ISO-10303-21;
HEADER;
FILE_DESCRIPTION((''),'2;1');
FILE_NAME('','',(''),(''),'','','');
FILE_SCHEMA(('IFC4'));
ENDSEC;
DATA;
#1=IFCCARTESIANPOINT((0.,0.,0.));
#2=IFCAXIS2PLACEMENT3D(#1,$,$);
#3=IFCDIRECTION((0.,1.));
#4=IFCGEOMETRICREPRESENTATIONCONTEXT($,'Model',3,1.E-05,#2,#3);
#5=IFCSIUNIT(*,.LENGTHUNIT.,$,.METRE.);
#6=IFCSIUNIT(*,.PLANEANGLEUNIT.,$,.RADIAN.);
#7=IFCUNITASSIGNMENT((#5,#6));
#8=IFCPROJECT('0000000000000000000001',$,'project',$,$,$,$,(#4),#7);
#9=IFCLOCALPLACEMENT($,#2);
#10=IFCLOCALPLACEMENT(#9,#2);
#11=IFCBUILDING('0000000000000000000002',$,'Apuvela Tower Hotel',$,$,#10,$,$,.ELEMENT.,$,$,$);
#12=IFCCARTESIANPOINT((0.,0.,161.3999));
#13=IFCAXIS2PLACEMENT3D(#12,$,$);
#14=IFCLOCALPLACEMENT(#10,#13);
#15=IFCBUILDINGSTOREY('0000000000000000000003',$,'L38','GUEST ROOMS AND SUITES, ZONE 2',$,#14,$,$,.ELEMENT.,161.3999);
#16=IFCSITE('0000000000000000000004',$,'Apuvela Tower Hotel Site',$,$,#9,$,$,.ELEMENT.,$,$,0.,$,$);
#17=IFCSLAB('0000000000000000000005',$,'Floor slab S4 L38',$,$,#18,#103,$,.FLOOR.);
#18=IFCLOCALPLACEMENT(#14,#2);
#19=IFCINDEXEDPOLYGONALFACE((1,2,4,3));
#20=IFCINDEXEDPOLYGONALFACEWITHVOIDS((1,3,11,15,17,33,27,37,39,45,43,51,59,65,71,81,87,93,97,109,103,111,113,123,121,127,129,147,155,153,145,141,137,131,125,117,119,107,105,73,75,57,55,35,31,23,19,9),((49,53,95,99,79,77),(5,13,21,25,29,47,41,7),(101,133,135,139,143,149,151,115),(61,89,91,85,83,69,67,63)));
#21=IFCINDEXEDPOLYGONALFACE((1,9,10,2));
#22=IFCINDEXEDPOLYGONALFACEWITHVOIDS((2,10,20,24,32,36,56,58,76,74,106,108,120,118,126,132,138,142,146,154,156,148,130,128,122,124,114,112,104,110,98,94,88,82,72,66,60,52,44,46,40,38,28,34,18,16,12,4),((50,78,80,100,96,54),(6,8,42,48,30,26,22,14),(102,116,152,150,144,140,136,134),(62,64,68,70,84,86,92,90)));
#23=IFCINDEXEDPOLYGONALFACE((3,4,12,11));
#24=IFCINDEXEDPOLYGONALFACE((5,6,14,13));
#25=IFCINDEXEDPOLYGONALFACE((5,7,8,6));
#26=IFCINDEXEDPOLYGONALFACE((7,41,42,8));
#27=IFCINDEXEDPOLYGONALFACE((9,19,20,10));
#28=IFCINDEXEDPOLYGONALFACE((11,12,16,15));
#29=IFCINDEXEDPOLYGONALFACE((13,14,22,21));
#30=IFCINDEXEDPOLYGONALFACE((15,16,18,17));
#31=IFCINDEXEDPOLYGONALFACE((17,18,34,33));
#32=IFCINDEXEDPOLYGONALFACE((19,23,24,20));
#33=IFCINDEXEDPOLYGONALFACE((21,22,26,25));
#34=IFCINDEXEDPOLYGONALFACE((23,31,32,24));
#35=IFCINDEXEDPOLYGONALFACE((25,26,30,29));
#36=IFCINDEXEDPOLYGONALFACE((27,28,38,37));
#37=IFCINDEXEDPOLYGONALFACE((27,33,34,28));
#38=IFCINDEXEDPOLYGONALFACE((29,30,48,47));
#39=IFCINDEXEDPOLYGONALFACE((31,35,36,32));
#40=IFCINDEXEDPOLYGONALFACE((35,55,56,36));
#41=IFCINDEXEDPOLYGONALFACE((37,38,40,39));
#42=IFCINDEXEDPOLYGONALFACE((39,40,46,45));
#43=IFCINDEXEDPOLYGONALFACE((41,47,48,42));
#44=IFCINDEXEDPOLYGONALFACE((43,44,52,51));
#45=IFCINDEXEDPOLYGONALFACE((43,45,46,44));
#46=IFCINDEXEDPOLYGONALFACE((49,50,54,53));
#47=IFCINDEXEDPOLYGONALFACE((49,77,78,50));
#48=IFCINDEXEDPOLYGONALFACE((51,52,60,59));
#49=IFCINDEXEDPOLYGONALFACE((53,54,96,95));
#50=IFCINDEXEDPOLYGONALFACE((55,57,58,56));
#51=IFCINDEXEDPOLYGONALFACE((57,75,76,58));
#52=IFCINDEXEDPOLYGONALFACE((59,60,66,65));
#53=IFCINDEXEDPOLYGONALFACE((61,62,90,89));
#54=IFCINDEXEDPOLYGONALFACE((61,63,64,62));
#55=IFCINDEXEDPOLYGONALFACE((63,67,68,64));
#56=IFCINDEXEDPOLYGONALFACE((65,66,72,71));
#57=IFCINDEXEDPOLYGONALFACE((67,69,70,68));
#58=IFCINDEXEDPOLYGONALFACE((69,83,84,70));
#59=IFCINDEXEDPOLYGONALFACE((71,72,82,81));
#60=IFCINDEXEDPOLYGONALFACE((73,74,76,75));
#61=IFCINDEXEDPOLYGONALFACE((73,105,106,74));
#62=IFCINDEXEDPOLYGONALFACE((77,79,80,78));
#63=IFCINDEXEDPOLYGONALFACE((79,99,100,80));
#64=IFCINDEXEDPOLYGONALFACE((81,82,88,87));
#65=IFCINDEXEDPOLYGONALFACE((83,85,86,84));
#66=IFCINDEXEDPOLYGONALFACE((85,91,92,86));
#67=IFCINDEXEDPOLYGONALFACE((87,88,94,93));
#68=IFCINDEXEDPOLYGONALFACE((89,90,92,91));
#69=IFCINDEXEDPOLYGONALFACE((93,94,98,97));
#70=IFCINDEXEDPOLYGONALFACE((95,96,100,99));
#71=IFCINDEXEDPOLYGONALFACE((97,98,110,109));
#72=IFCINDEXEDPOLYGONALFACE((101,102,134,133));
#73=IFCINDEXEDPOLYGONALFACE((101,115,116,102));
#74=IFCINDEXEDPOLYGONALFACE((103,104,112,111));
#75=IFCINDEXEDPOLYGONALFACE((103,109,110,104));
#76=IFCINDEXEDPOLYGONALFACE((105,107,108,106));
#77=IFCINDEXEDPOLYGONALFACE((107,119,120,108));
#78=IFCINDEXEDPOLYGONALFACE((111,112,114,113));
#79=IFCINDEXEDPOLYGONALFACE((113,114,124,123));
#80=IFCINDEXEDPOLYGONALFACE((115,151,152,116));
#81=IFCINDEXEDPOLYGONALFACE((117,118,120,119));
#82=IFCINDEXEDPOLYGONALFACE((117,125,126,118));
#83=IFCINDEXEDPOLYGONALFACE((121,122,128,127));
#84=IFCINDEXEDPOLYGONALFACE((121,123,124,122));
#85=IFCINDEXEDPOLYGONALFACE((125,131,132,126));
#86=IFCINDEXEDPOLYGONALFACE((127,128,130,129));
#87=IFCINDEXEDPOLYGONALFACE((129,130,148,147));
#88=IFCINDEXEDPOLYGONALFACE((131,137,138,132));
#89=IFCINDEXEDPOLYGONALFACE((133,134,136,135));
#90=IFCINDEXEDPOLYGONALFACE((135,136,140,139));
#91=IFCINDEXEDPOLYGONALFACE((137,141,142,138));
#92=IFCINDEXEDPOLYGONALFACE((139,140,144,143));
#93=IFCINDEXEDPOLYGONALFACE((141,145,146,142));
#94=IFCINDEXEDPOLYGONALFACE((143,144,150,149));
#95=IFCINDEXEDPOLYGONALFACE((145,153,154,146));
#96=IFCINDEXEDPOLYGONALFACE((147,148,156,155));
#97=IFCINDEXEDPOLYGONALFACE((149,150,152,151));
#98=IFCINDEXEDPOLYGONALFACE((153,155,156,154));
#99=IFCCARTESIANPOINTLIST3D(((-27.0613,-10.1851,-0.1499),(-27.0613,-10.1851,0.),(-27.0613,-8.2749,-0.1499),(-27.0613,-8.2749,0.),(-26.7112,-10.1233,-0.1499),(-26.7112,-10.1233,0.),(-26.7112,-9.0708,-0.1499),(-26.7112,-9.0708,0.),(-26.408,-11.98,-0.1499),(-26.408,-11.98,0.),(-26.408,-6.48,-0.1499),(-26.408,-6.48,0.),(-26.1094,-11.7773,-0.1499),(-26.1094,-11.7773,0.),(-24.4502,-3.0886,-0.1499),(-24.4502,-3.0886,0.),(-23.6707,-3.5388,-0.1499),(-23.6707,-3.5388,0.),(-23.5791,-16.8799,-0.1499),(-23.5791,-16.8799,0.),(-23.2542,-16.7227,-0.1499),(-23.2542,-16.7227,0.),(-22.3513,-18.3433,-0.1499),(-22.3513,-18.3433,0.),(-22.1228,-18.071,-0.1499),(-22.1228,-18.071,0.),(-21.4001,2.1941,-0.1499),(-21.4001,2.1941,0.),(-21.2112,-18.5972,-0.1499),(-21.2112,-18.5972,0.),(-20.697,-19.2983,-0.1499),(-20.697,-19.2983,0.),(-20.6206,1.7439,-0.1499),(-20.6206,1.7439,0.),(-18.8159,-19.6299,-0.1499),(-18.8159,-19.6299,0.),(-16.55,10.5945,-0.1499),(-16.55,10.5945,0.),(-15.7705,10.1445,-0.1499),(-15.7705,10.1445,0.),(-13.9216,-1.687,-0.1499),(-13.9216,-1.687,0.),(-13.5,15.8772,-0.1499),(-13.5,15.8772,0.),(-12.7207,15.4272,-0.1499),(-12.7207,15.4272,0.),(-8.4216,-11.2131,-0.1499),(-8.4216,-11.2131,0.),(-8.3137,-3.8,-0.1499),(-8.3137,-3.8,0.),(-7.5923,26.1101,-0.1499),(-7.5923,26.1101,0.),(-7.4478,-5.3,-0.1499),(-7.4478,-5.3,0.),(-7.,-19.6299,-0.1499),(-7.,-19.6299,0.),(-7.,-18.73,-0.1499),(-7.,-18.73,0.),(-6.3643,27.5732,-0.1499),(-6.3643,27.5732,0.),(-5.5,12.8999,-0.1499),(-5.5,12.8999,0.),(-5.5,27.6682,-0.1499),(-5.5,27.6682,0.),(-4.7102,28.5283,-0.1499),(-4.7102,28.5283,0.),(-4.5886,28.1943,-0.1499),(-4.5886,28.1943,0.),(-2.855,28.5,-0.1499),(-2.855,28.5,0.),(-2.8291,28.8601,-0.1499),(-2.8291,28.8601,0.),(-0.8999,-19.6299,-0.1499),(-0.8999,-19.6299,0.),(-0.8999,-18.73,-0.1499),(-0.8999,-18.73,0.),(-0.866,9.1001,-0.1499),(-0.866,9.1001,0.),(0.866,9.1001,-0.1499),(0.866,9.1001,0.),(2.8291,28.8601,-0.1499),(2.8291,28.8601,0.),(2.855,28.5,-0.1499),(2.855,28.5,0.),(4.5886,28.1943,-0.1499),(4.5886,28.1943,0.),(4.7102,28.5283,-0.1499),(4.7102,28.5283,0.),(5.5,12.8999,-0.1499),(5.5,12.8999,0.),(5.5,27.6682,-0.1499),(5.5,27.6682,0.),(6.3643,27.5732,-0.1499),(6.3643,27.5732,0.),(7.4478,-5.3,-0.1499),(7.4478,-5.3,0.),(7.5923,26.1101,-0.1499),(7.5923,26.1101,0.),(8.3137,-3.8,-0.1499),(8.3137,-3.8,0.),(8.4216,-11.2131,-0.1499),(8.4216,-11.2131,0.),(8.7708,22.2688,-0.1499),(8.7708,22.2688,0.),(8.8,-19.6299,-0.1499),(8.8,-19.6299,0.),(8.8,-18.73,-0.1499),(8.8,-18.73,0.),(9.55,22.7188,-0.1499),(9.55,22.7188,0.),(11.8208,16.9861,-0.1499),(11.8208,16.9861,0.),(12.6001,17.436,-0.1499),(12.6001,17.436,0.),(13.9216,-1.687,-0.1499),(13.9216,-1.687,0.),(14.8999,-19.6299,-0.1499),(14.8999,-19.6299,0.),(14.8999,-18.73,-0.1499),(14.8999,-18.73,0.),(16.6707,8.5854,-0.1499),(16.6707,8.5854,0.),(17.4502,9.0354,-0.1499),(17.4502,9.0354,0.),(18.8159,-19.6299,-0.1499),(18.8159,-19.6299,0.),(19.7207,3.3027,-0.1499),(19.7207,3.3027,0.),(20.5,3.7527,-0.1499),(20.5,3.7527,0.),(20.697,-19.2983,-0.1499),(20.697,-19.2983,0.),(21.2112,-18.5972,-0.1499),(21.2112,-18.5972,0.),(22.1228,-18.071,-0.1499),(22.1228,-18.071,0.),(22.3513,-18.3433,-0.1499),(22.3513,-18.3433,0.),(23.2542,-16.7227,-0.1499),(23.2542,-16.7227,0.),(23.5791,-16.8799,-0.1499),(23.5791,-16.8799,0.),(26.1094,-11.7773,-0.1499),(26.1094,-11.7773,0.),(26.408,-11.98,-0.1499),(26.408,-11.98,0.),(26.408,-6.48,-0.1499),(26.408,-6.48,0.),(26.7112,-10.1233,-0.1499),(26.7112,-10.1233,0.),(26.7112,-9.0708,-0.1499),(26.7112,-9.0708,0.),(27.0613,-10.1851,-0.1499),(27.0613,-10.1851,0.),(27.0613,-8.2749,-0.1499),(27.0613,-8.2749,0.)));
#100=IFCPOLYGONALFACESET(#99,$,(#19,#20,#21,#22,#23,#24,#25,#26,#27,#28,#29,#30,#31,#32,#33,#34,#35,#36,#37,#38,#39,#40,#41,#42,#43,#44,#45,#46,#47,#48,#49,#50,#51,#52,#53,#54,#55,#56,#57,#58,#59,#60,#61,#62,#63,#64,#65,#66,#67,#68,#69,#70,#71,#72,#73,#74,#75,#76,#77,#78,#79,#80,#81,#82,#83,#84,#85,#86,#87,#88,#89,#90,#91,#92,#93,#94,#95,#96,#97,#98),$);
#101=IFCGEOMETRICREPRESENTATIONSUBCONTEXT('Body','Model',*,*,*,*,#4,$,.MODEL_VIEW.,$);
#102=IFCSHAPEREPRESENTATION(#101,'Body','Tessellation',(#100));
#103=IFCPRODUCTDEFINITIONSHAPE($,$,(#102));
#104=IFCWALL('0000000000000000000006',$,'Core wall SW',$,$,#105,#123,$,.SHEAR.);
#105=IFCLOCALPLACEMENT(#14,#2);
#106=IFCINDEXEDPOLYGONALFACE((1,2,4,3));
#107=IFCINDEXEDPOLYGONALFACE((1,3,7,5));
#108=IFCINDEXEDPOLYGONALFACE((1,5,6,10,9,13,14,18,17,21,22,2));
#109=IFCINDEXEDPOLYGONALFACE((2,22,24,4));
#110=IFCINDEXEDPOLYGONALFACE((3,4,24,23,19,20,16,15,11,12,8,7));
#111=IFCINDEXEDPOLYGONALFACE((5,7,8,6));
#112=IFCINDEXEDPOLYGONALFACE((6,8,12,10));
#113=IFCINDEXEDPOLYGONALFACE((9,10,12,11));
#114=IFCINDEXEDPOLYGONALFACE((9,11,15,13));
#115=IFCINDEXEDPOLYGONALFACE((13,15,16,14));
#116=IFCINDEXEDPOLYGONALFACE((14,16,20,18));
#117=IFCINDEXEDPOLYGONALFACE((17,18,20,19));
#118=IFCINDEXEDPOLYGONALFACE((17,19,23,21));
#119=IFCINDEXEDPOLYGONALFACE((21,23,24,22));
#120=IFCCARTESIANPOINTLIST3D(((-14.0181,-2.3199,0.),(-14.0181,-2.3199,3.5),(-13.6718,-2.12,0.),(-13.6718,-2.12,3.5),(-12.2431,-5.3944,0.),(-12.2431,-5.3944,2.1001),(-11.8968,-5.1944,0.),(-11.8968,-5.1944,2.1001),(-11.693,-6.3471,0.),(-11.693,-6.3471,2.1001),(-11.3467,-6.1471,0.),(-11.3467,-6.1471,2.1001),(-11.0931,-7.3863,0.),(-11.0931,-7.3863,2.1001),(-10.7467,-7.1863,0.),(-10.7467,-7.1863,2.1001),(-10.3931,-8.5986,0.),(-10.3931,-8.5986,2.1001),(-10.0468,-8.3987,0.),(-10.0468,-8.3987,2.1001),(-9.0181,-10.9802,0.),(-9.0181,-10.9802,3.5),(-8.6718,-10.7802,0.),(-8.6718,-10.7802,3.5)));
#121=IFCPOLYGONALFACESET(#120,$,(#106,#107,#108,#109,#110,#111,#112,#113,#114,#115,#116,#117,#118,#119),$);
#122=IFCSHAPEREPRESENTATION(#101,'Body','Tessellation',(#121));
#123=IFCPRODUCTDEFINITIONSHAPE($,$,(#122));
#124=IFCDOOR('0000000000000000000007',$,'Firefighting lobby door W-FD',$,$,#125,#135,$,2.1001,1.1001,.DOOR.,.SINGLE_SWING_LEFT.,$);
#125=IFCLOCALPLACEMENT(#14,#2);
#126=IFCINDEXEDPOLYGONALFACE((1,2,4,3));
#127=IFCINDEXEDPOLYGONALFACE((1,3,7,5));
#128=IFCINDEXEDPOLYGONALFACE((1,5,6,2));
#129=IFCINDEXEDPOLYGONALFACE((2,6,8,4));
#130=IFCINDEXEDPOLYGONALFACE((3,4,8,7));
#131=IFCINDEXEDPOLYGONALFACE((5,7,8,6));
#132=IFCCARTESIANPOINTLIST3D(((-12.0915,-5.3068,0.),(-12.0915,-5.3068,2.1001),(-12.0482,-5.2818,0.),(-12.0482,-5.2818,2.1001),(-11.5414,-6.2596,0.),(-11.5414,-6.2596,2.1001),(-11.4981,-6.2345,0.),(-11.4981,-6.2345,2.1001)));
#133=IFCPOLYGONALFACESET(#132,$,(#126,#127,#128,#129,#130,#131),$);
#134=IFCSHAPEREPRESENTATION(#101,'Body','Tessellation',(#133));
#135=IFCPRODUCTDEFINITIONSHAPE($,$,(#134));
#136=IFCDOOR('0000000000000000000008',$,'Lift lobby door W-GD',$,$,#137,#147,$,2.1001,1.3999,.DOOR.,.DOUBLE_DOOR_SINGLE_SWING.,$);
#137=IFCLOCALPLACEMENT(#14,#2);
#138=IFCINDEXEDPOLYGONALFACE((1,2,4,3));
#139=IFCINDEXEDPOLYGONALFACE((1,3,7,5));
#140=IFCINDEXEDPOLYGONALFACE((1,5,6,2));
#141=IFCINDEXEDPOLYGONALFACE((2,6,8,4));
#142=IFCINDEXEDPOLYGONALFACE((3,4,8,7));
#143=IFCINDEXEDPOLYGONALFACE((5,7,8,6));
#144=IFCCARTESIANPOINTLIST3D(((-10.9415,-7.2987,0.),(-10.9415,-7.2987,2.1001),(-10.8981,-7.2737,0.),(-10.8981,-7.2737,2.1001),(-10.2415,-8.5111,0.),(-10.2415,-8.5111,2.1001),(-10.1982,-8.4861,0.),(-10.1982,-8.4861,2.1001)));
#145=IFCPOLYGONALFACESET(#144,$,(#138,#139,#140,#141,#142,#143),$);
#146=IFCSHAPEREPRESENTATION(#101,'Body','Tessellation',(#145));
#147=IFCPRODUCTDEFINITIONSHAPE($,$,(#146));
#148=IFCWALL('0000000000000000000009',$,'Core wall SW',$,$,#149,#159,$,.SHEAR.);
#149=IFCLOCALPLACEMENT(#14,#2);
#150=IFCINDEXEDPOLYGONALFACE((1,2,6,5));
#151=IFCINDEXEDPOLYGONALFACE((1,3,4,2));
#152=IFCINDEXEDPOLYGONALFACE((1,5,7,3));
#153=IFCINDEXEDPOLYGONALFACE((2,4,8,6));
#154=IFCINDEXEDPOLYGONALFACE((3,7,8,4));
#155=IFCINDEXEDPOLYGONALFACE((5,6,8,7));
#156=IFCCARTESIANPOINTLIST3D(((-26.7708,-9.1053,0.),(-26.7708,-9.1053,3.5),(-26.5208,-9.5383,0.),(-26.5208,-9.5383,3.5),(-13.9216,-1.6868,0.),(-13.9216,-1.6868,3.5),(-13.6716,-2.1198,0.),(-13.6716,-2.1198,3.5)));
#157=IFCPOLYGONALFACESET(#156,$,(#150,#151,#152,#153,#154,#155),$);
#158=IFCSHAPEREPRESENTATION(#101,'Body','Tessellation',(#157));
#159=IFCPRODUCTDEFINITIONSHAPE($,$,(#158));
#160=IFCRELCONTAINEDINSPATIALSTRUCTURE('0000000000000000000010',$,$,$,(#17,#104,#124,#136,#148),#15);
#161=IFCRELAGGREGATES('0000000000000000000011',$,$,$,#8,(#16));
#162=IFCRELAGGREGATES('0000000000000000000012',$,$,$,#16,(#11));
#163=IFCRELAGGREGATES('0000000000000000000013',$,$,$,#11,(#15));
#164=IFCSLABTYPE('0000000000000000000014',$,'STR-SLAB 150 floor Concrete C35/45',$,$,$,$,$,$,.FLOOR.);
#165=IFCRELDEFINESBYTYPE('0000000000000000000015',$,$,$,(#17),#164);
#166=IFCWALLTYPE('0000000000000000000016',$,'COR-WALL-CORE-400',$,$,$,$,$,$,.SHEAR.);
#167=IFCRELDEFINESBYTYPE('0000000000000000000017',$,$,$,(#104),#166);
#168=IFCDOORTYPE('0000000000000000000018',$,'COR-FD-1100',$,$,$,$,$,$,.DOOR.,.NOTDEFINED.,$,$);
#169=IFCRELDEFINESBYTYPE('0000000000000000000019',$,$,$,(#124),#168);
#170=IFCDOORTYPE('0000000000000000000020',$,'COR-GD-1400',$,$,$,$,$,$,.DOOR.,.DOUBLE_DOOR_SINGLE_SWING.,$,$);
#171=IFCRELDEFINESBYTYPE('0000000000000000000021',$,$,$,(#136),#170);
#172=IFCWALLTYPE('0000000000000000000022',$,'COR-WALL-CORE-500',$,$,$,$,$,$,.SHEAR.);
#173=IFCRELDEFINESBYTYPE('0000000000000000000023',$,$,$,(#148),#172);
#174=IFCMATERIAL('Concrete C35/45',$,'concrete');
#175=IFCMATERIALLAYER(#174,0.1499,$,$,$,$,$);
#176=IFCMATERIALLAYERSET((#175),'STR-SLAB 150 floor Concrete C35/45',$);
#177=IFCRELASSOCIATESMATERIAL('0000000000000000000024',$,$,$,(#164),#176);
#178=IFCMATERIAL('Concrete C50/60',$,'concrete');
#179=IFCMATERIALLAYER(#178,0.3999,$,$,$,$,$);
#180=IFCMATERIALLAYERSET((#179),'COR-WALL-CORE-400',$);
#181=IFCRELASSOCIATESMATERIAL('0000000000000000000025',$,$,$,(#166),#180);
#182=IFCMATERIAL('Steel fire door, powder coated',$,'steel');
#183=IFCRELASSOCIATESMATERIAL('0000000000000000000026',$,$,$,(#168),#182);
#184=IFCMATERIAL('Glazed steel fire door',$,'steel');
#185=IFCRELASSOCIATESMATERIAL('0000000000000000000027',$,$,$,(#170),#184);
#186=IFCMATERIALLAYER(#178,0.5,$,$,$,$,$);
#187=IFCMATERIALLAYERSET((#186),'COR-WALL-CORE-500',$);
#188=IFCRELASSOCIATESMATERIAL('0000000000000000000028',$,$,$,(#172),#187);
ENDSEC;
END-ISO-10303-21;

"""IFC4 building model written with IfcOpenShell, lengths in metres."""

from ifc_helpers import new_model, si_unit, direction, frame, frame_2d, origin, place, context, subcontext, project, spatial, polyline, rectangle, outline, extrude, material, layer, layer_set, type_object, element, fill, save


model = new_model("IFC4")

# Units and contexts
model_context = context("Model", 3, precision=1e-05, world=origin(), true_north=direction((0.0, 1.0)))
body_context = subcontext(model_context, "Body", "Model", "MODEL_VIEW")
ifc_project = project(units=[si_unit("LENGTHUNIT", "METRE"), si_unit("PLANEANGLEUNIT", "RADIAN")], contexts=[model_context])

# Site, building, storey
site_placement = place(None, origin())
site = spatial("IfcSite", under=ifc_project, at=site_placement, Name="Apuvela Tower Hotel Site", CompositionType="ELEMENT", RefElevation=0.0)
building_placement = place(site_placement, origin())
building = spatial("IfcBuilding", under=site, at=building_placement, Name="Apuvela Tower Hotel", CompositionType="ELEMENT")
storey_placement = place(building_placement, frame((0.0, 0.0, 161.3999)))
storey = spatial("IfcBuildingStorey", under=building, at=storey_placement, Name="L38", Description="GUEST ROOMS AND SUITES, ZONE 2", CompositionType="ELEMENT", Elevation=161.3999)

# Slab
ifc_material_1 = material(Name="Concrete C35/45", Category="concrete")
ifc_layer_1 = layer(ifc_material_1, 0.1499)
ifc_layer_set_1 = layer_set([ifc_layer_1], Name="STR-SLAB 150 floor Concrete C35/45")
slab_type_1 = type_object("IfcSlabType", Name="STR-SLAB 150 floor Concrete C35/45", PredefinedType="FLOOR", material=ifc_layer_set_1)
slab_1_placement = place(storey_placement, frame((0.0, 0.0, -0.1499)))
element("IfcSlab", 1, at=slab_1_placement, inside=storey, type_object=slab_type_1, Name="Floor slab S4 L38", PredefinedType="FLOOR", context=body_context, shape_type="SweptSolid", body=[
    extrude(outline(polyline([(-6.3643, 27.5732), (-4.7102, 28.5283), (-2.8291, 28.8601), (2.8291, 28.8601), (4.7102, 28.5283), (6.3643, 27.5732), (7.5923, 26.1101), (9.55, 22.7188), (8.7708, 22.2688), (11.8208, 16.9861), (12.6001, 17.436), (17.4502, 9.0354), (16.6707, 8.5854), (19.7207, 3.3027), (20.5, 3.7527), (26.408, -6.48), (27.0613, -8.2749), (27.0613, -10.1851), (26.408, -11.98), (23.5791, -16.8799), (22.3513, -18.3433), (20.697, -19.2983), (18.8159, -19.6299), (14.8999, -19.6299), (14.8999, -18.73), (8.8, -18.73), (8.8, -19.6299), (-0.8999, -19.6299), (-0.8999, -18.73), (-7.0, -18.73), (-7.0, -19.6299), (-18.8159, -19.6299), (-20.697, -19.2983), (-22.3513, -18.3433), (-23.5791, -16.8799), (-26.408, -11.98), (-27.0613, -10.1851), (-27.0613, -8.2749), (-26.408, -6.48), (-24.4502, -3.0886), (-23.6707, -3.5388), (-20.6206, 1.7439), (-21.4001, 2.1941), (-16.55, 10.5945), (-15.7705, 10.1445), (-12.7207, 15.4272), (-13.5, 15.8772), (-7.5923, 26.1101), (-6.3643, 27.5732)]), holes=[polyline([(0.866, 9.1001), (-0.866, 9.1001), (-8.3137, -3.8), (-7.4478, -5.3), (7.4478, -5.3), (8.3137, -3.8), (0.866, 9.1001)]), polyline([(-5.5, 12.8999), (-5.5, 27.6682), (-4.5886, 28.1943), (-2.855, 28.5), (2.855, 28.5), (4.5886, 28.1943), (5.5, 27.6682), (5.5, 12.8999), (-5.5, 12.8999)]), polyline([(-8.4216, -11.2131), (-21.2112, -18.5972), (-22.1228, -18.071), (-23.2542, -16.7227), (-26.1094, -11.7773), (-26.7112, -10.1233), (-26.7112, -9.0708), (-13.9216, -1.687), (-8.4216, -11.2131)]), polyline([(13.9216, -1.687), (26.7112, -9.0708), (26.7112, -10.1233), (26.1094, -11.7773), (23.2542, -16.7227), (22.1228, -18.071), (21.2112, -18.5972), (8.4216, -11.2131), (13.9216, -1.687)])]), origin(), (0.0, 0.0, 1.0), 0.1499),
])

# Wall, openings, doors
ifc_material_2 = material(Name="Concrete C50/60", Category="concrete")
ifc_layer_2 = layer(ifc_material_2, 0.3999)
ifc_layer_set_2 = layer_set([ifc_layer_2], Name="COR-WALL-CORE-400")
wall_type_1 = type_object("IfcWallType", Name="COR-WALL-CORE-400", PredefinedType="SHEAR", material=ifc_layer_set_2)
wall_1_placement = place(storey_placement, frame((-13.845, -2.22, 0.0), z_axis=(0.0, 0.0, 1.0), x_axis=(0.500004, -0.866023, 0.0)))
wall_1 = element("IfcWall", 2, at=wall_1_placement, inside=storey, type_object=wall_type_1, Name="Core wall SW", PredefinedType="SHEAR", context=body_context, shape_type="SweptSolid", body=[
    extrude(rectangle(XDim=10.0, YDim=0.3999, at=frame_2d((5.0, 0.0))), origin(), (0.0, 0.0, 1.0), 3.5),
])
opening_1_placement = place(wall_1_placement, frame((3.55, 0.0, 0.0)))
opening_1 = element("IfcOpeningElement", 3, at=opening_1_placement, cuts=wall_1, PredefinedType="OPENING", context=body_context, shape_type="SweptSolid", body=[
    extrude(rectangle(XDim=1.1001, YDim=2.1001, at=frame_2d((0.55, 1.05))), frame((0.0, 0.21, 0.0), z_axis=(0.0, -1.0, 0.0), x_axis=(1.0, 0.0, 0.0)), (0.0, 0.0, 1.0), 0.4199),
])
opening_2_placement = place(wall_1_placement, frame((5.8501, 0.0, 0.0)))
opening_2 = element("IfcOpeningElement", 4, at=opening_2_placement, cuts=wall_1, PredefinedType="OPENING", context=body_context, shape_type="SweptSolid", body=[
    extrude(rectangle(XDim=1.3999, YDim=2.1001, at=frame_2d((0.7, 1.05))), frame((0.0, 0.21, 0.0), z_axis=(0.0, -1.0, 0.0), x_axis=(1.0, 0.0, 0.0)), (0.0, 0.0, 1.0), 0.4199),
])
ifc_material_3 = material(Name="Steel fire door, powder coated", Category="steel")
door_type_1 = type_object("IfcDoorType", Name="COR-FD-1100", OperationType="NOTDEFINED", PredefinedType="DOOR", material=ifc_material_3)
door_1_placement = place(opening_1_placement, frame((1.1001, 0.0, 0.0), z_axis=(0.0, 0.0, 1.0), x_axis=(-1.0, 0.0, 0.0)))
door_1 = element("IfcDoor", 5, at=door_1_placement, inside=storey, type_object=door_type_1, Name="Firefighting lobby door W-FD", OperationType="SINGLE_SWING_LEFT", OverallHeight=2.1001, OverallWidth=1.1001, PredefinedType="DOOR", context=body_context, shape_type="SweptSolid", body=[
    extrude(rectangle(XDim=1.1001, YDim=2.1001, at=frame_2d((0.55, 1.05))), frame((0.0, 0.0249, 0.0), z_axis=(0.0, -1.0, 0.0), x_axis=(1.0, 0.0, 0.0)), (0.0, 0.0, 1.0), 0.05),
])
fill(opening_1, door_1)
ifc_material_4 = material(Name="Glazed steel fire door", Category="steel")
door_type_2 = type_object("IfcDoorType", Name="COR-GD-1400", OperationType="DOUBLE_DOOR_SINGLE_SWING", PredefinedType="DOOR", material=ifc_material_4)
door_2_placement = place(opening_2_placement, frame((1.3999, 0.0, 0.0), z_axis=(0.0, 0.0, 1.0), x_axis=(-1.0, 0.0, 0.0)))
door_2 = element("IfcDoor", 6, at=door_2_placement, inside=storey, type_object=door_type_2, Name="Lift lobby door W-GD", OperationType="DOUBLE_DOOR_SINGLE_SWING", OverallHeight=2.1001, OverallWidth=1.3999, PredefinedType="DOOR", context=body_context, shape_type="SweptSolid", body=[
    extrude(rectangle(XDim=1.3999, YDim=2.1001, at=frame_2d((0.7, 1.05))), frame((0.0, 0.0249, 0.0), z_axis=(0.0, -1.0, 0.0), x_axis=(1.0, 0.0, 0.0)), (0.0, 0.0, 1.0), 0.05),
])
fill(opening_2, door_2)

# Wall
ifc_layer_3 = layer(ifc_material_2, 0.5)
ifc_layer_set_3 = layer_set([ifc_layer_3], Name="COR-WALL-CORE-500")
wall_type_2 = type_object("IfcWallType", Name="COR-WALL-CORE-500", PredefinedType="SHEAR", material=ifc_layer_set_3)
wall_2_placement = place(storey_placement, frame((-13.7966, -1.9033, 0.0), z_axis=(0.0, 0.0, 1.0), x_axis=(-0.866025, -0.500001, 0.0)))
element("IfcWall", 7, at=wall_2_placement, inside=storey, type_object=wall_type_2, Name="Core wall SW", PredefinedType="SHEAR", context=body_context, shape_type="SweptSolid", body=[
    extrude(rectangle(XDim=14.8369, YDim=0.5, at=frame_2d((7.4185, 0.0))), origin(), (0.0, 0.0, 1.0), 3.5),
])

save(model, "model.ifc")
